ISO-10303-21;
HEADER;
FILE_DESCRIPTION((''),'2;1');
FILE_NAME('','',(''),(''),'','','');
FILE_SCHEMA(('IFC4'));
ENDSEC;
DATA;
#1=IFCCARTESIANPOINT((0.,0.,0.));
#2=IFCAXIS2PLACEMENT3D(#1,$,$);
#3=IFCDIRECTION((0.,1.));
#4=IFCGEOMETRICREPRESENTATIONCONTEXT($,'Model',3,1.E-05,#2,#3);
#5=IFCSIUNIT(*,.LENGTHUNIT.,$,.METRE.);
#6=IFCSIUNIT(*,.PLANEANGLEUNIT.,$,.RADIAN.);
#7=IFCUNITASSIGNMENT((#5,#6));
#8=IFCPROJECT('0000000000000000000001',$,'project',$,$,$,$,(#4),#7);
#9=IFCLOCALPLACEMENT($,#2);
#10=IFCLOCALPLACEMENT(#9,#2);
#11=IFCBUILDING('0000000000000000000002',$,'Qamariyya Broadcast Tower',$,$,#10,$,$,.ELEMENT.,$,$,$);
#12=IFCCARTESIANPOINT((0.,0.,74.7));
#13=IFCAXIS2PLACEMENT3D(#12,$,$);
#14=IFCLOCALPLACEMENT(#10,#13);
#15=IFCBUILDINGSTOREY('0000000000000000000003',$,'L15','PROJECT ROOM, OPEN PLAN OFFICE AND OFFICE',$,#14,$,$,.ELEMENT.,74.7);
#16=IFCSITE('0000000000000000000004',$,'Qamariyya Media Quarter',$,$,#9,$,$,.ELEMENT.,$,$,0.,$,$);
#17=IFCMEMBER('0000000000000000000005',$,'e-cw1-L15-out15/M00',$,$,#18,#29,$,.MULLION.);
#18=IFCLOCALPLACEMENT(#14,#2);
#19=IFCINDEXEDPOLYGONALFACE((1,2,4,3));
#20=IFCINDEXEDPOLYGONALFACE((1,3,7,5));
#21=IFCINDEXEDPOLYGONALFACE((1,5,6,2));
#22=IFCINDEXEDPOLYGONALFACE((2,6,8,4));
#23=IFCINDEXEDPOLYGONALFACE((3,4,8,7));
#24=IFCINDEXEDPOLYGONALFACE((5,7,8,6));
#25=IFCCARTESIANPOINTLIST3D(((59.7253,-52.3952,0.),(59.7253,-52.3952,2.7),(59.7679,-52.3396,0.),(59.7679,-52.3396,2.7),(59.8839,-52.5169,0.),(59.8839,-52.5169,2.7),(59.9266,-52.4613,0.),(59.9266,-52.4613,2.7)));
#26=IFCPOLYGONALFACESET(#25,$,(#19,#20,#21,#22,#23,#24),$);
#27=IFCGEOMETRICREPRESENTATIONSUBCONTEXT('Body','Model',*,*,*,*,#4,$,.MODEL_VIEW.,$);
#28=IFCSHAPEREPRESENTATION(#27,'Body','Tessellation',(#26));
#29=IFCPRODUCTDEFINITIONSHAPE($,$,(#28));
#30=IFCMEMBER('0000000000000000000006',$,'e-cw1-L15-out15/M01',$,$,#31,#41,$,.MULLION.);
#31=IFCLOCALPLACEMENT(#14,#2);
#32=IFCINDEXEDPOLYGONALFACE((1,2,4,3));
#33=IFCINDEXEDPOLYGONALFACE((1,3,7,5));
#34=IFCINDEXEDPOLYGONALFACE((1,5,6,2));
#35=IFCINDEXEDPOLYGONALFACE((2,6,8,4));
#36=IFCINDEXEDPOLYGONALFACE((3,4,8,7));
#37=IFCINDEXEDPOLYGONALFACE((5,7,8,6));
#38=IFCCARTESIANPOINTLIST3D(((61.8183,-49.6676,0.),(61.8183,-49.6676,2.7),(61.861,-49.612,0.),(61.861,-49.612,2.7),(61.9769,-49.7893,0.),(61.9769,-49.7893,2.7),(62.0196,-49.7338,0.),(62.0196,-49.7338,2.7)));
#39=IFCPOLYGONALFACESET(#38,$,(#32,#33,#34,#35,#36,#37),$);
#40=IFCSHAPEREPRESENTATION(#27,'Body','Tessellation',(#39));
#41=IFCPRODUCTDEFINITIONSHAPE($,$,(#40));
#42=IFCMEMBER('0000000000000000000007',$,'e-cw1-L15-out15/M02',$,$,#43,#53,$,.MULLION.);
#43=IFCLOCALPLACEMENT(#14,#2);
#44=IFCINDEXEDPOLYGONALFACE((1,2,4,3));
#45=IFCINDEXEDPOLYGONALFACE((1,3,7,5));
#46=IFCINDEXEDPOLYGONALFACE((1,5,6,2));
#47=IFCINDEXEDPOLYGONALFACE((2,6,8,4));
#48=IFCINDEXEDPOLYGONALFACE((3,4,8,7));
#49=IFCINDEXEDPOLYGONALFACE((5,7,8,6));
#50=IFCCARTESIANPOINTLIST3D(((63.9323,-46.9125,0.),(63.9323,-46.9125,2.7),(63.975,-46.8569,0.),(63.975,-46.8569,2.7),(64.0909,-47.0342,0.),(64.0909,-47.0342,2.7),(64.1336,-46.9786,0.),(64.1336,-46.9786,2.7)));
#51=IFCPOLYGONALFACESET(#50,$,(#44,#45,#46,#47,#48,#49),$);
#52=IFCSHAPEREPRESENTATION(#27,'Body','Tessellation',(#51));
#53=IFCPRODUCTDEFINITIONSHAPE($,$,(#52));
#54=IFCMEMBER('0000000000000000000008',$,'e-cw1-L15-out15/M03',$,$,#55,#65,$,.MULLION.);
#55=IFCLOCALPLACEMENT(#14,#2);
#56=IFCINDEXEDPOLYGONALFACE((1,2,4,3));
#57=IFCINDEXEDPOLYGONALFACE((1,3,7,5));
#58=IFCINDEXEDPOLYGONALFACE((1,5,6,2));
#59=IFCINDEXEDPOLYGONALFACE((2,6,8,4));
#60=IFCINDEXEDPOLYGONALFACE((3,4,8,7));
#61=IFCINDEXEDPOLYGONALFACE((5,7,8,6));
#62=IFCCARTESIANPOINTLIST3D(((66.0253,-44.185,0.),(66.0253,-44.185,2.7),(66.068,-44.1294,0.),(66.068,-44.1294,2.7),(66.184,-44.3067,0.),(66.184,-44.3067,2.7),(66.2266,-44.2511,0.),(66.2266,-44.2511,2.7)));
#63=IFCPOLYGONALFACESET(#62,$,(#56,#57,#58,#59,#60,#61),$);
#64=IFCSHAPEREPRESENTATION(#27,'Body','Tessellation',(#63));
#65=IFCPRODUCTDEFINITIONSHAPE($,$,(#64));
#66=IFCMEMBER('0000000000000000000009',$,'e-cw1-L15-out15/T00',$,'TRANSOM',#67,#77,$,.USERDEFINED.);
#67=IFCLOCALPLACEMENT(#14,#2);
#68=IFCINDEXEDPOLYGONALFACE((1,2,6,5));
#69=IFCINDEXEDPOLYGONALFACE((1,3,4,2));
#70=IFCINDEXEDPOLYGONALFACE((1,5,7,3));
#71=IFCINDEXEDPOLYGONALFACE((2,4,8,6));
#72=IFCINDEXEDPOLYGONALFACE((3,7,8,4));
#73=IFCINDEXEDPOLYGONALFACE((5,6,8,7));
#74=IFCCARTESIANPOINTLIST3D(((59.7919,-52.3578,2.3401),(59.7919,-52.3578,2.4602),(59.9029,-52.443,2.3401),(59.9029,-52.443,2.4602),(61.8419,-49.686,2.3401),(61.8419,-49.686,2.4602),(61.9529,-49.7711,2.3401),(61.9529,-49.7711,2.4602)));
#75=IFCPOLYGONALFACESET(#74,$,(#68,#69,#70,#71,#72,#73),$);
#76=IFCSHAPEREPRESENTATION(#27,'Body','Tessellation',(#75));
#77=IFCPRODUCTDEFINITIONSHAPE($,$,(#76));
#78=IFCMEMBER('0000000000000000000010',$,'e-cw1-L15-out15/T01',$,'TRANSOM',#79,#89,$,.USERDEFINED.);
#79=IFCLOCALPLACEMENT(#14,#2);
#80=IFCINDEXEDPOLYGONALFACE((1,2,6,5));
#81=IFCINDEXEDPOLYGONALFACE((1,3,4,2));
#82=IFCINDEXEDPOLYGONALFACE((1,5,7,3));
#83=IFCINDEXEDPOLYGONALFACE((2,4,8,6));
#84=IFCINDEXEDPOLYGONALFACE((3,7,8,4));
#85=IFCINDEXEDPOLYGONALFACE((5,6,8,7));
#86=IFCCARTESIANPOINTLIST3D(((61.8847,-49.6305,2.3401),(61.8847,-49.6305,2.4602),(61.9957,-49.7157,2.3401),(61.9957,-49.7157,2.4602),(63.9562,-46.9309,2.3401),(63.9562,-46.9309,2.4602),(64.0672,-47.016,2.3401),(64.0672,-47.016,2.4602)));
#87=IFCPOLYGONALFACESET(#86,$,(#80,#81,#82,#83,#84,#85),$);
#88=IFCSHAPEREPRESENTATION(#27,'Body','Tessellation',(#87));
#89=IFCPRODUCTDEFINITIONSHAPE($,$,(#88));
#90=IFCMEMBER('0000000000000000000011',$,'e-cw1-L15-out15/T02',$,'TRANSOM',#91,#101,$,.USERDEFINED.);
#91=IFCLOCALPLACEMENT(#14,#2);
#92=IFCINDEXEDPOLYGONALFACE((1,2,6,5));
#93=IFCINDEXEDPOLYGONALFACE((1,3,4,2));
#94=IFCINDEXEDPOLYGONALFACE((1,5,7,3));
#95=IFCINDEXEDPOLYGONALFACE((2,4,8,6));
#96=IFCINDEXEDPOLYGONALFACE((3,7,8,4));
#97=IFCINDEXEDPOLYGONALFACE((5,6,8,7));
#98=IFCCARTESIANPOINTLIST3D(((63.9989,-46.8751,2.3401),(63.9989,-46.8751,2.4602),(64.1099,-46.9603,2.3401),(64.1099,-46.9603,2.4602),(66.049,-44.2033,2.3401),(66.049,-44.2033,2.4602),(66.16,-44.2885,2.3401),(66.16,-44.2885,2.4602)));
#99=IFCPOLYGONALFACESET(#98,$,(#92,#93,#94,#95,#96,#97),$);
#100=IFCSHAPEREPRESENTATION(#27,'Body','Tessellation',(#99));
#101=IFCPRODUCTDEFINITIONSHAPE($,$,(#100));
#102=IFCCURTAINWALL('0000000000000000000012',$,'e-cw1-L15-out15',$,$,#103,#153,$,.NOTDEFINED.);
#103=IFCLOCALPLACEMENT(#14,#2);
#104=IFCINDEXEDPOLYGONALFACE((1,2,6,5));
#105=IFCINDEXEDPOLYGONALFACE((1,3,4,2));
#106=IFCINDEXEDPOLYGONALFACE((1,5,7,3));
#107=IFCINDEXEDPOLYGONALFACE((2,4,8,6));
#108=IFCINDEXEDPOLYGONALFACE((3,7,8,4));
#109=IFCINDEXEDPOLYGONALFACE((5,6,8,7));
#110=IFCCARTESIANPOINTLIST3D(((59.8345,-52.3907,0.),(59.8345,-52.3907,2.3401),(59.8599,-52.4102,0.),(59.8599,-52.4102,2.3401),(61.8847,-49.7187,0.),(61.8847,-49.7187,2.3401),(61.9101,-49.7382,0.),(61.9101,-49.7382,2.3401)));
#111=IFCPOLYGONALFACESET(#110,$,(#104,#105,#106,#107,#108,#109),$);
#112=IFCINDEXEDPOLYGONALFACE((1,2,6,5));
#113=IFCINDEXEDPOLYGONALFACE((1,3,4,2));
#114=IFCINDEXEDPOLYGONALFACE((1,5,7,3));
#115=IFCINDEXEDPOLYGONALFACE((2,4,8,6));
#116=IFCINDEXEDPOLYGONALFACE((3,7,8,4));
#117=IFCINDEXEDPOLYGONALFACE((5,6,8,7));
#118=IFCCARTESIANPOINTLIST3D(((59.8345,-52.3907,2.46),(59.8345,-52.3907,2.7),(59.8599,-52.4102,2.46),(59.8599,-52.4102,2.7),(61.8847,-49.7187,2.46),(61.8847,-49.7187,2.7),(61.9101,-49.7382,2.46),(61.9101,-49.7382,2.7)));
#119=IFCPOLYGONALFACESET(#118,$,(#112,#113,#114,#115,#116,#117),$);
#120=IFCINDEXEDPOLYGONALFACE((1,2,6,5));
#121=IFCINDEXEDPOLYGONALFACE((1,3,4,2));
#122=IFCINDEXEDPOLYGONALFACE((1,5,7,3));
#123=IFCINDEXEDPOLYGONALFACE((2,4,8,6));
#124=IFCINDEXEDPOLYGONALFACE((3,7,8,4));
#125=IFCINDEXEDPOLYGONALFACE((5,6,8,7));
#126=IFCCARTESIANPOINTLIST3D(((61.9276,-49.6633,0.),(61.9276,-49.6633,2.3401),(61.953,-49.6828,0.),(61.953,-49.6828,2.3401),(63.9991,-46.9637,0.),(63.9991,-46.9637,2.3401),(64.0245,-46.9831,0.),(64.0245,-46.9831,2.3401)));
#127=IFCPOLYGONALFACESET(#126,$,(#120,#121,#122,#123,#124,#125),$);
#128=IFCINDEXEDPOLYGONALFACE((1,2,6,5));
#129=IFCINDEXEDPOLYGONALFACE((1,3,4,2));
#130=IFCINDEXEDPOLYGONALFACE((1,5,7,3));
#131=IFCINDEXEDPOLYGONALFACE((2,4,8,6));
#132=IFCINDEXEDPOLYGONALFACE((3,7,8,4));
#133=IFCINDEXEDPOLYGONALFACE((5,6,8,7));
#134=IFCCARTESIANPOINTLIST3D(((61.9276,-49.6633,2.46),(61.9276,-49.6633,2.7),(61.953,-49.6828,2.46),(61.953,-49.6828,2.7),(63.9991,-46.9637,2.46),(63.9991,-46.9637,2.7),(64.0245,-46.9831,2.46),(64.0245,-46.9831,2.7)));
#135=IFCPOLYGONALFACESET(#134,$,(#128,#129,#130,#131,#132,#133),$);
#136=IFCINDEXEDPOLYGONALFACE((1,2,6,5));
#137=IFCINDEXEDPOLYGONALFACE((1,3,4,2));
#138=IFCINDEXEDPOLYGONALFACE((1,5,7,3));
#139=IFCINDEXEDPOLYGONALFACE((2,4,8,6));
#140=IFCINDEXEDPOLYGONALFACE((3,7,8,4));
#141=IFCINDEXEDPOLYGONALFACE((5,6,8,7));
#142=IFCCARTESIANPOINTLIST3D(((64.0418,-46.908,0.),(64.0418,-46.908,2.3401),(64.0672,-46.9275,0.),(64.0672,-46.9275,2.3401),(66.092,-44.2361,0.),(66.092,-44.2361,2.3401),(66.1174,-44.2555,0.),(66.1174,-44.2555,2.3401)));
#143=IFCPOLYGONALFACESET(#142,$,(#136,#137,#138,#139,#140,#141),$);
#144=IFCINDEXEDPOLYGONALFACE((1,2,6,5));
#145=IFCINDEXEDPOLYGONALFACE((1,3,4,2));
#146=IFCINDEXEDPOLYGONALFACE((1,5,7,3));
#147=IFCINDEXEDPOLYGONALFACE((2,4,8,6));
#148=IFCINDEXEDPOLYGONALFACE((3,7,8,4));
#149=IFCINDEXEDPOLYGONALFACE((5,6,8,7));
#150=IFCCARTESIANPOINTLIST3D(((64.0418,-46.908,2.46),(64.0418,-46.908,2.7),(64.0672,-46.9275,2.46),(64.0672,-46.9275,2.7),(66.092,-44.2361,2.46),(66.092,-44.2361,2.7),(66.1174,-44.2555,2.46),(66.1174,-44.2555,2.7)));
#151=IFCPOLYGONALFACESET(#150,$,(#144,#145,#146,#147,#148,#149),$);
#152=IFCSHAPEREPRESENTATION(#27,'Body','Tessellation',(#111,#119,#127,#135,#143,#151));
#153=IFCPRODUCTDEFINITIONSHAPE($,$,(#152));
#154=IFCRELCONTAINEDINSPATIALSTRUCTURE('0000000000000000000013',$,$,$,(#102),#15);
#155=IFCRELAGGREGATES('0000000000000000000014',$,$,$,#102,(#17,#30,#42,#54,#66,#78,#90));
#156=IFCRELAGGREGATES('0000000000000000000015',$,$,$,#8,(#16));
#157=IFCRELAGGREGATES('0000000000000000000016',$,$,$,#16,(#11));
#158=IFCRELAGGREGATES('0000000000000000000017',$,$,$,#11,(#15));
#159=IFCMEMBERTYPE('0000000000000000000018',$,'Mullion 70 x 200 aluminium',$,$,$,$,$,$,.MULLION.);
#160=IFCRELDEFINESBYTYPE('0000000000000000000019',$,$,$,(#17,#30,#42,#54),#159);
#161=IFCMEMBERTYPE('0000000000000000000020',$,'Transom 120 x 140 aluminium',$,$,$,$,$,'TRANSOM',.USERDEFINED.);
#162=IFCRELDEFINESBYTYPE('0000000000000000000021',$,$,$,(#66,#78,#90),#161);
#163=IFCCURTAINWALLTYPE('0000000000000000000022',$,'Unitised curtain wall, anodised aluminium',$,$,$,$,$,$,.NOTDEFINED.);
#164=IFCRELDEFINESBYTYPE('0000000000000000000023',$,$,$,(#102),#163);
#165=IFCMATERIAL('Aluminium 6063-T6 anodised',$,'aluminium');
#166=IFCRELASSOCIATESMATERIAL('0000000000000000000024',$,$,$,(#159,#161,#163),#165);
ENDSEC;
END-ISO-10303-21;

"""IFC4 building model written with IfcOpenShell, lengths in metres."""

from ifc_helpers import new_model, si_unit, direction, frame, origin, origin_2d, place, context, subcontext, project, spatial, rectangle, extrude, material, material_profile, profile_set, type_object, element, aggregate, save


model = new_model("IFC4")

# Units and contexts
model_context = context("Model", 3, precision=1e-05, world=origin(), true_north=direction((0.0, 1.0)))
body_context = subcontext(model_context, "Body", "Model", "MODEL_VIEW")
ifc_project = project(units=[si_unit("LENGTHUNIT", "METRE"), si_unit("PLANEANGLEUNIT", "RADIAN")], contexts=[model_context])

# Members
ifc_material = material(Name="Aluminium 6063-T6 anodised", Category="aluminium")
ifc_material_profile_1 = material_profile(ifc_material, rectangle(XDim=0.2, YDim=0.0701, at=origin_2d()))
ifc_profile_set_1 = profile_set([ifc_material_profile_1], Name="Aluminium 6063-T6 anodised")
member_type_1 = type_object("IfcMemberType", Name="Mullion 70 x 200 aluminium", PredefinedType="MULLION", material=ifc_profile_set_1)
site_placement = place(None, origin())
building_placement = place(site_placement, origin())
storey_placement = place(building_placement, frame((0.0, 0.0, 74.7)))
member_1_placement = place(storey_placement, frame((59.8259, -52.4282, 0.0), z_axis=(0.0, 0.0, 1.0), x_axis=(-0.793353, 0.608761, 0.0)))
member_1 = element("IfcMember", 1, at=member_1_placement, type_object=member_type_1, Name="e-cw1-L15-out15/M00", PredefinedType="MULLION", context=body_context, shape_type="SweptSolid", body=[
    extrude(rectangle(XDim=0.2, YDim=0.0701, at=origin_2d()), origin(), (0.0, 0.0, 1.0), 2.7),
])
member_2_placement = place(storey_placement, frame((61.9189, -49.7007, 0.0), z_axis=(0.0, 0.0, 1.0), x_axis=(-0.793353, 0.608761, 0.0)))
member_2 = element("IfcMember", 2, at=member_2_placement, type_object=member_type_1, Name="e-cw1-L15-out15/M01", PredefinedType="MULLION", context=body_context, shape_type="SweptSolid", body=[
    extrude(rectangle(XDim=0.2, YDim=0.0701, at=origin_2d()), origin(), (0.0, 0.0, 1.0), 2.7),
])
member_3_placement = place(storey_placement, frame((64.033, -46.9456, 0.0), z_axis=(0.0, 0.0, 1.0), x_axis=(-0.793353, 0.608761, 0.0)))
member_3 = element("IfcMember", 3, at=member_3_placement, type_object=member_type_1, Name="e-cw1-L15-out15/M02", PredefinedType="MULLION", context=body_context, shape_type="SweptSolid", body=[
    extrude(rectangle(XDim=0.2, YDim=0.0701, at=origin_2d()), origin(), (0.0, 0.0, 1.0), 2.7),
])
member_4_placement = place(storey_placement, frame((66.126, -44.218, 0.0), z_axis=(0.0, 0.0, 1.0), x_axis=(-0.793353, 0.608761, 0.0)))
member_4 = element("IfcMember", 4, at=member_4_placement, type_object=member_type_1, Name="e-cw1-L15-out15/M03", PredefinedType="MULLION", context=body_context, shape_type="SweptSolid", body=[
    extrude(rectangle(XDim=0.2, YDim=0.0701, at=origin_2d()), origin(), (0.0, 0.0, 1.0), 2.7),
])
ifc_material_profile_2 = material_profile(ifc_material, rectangle(XDim=0.1399, YDim=0.1201, at=origin_2d()))
ifc_profile_set_2 = profile_set([ifc_material_profile_2], Name="Aluminium 6063-T6 anodised")
member_type_2 = type_object("IfcMemberType", Name="Transom 120 x 140 aluminium", ElementType="TRANSOM", PredefinedType="USERDEFINED", material=ifc_profile_set_2)
member_5_placement = place(storey_placement, frame((59.8474, -52.4004, 2.4001), z_axis=(0.608733, 0.793375, 0.0), x_axis=(-0.793375, 0.608733, 0.0)))
member_5 = element("IfcMember", 5, at=member_5_placement, type_object=member_type_2, Name="e-cw1-L15-out15/T00", ObjectType="TRANSOM", PredefinedType="USERDEFINED", context=body_context, shape_type="SweptSolid", body=[
    extrude(rectangle(XDim=0.1399, YDim=0.1201, at=origin_2d()), origin(), (0.0, 0.0, 1.0), 3.3677),
])
member_6_placement = place(storey_placement, frame((61.9402, -49.6731, 2.4001), z_axis=(0.608757, 0.793357, 0.0), x_axis=(-0.793357, 0.608757, 0.0)))
member_6 = element("IfcMember", 6, at=member_6_placement, type_object=member_type_2, Name="e-cw1-L15-out15/T01", ObjectType="TRANSOM", PredefinedType="USERDEFINED", context=body_context, shape_type="SweptSolid", body=[
    extrude(rectangle(XDim=0.1399, YDim=0.1201, at=origin_2d()), origin(), (0.0, 0.0, 1.0), 3.4028),
])
member_7_placement = place(storey_placement, frame((64.0544, -46.9177, 2.4001), z_axis=(0.608733, 0.793375, 0.0), x_axis=(-0.793375, 0.608733, 0.0)))
member_7 = element("IfcMember", 7, at=member_7_placement, type_object=member_type_2, Name="e-cw1-L15-out15/T02", ObjectType="TRANSOM", PredefinedType="USERDEFINED", context=body_context, shape_type="SweptSolid", body=[
    extrude(rectangle(XDim=0.1399, YDim=0.1201, at=origin_2d()), origin(), (0.0, 0.0, 1.0), 3.3677),
])

# Site, building, storey
site = spatial("IfcSite", under=ifc_project, at=site_placement, Name="Qamariyya Media Quarter", CompositionType="ELEMENT", RefElevation=0.0)
building = spatial("IfcBuilding", under=site, at=building_placement, Name="Qamariyya Broadcast Tower", CompositionType="ELEMENT")
storey = spatial("IfcBuildingStorey", under=building, at=storey_placement, Name="L15", Description="PROJECT ROOM, OPEN PLAN OFFICE AND OFFICE", CompositionType="ELEMENT", Elevation=74.7)

# Curtain wall
curtain_wall_type = type_object("IfcCurtainWallType", Name="Unitised curtain wall, anodised aluminium", PredefinedType="NOTDEFINED", material=ifc_material)
curtain_wall_1_placement = place(storey_placement, origin())
curtain_wall_1 = element("IfcCurtainWall", 8, at=curtain_wall_1_placement, inside=storey, type_object=curtain_wall_type, Name="e-cw1-L15-out15", PredefinedType="NOTDEFINED", context=body_context, shape_type="SweptSolid", body=[
    extrude(rectangle(XDim=3.3679, YDim=0.032, at=origin_2d()), frame((60.8723, -51.0645, 0.0), x_axis=(0.608756, 0.793358, 0.0)), (0.0, 0.0, 1.0), 2.3401),
    extrude(rectangle(XDim=3.3679, YDim=0.032, at=origin_2d()), frame((60.8723, -51.0645, 2.46), x_axis=(0.608756, 0.793358, 0.0)), (0.0, 0.0, 1.0), 0.24),
    extrude(rectangle(XDim=3.4028, YDim=0.032, at=origin_2d()), frame((62.9761, -48.3232, 0.0), x_axis=(0.608756, 0.793358, 0.0)), (0.0, 0.0, 1.0), 2.3401),
    extrude(rectangle(XDim=3.4028, YDim=0.032, at=origin_2d()), frame((62.9761, -48.3232, 2.46), x_axis=(0.608756, 0.793358, 0.0)), (0.0, 0.0, 1.0), 0.24),
    extrude(rectangle(XDim=3.3679, YDim=0.032, at=origin_2d()), frame((65.0796, -45.5818, 0.0), x_axis=(0.608756, 0.793358, 0.0)), (0.0, 0.0, 1.0), 2.3401),
    extrude(rectangle(XDim=3.3679, YDim=0.032, at=origin_2d()), frame((65.0796, -45.5818, 2.46), x_axis=(0.608756, 0.793358, 0.0)), (0.0, 0.0, 1.0), 0.24),
])
aggregate(curtain_wall_1, [member_1, member_2, member_3, member_4, member_5, member_6, member_7])

save(model, "model.ifc")
